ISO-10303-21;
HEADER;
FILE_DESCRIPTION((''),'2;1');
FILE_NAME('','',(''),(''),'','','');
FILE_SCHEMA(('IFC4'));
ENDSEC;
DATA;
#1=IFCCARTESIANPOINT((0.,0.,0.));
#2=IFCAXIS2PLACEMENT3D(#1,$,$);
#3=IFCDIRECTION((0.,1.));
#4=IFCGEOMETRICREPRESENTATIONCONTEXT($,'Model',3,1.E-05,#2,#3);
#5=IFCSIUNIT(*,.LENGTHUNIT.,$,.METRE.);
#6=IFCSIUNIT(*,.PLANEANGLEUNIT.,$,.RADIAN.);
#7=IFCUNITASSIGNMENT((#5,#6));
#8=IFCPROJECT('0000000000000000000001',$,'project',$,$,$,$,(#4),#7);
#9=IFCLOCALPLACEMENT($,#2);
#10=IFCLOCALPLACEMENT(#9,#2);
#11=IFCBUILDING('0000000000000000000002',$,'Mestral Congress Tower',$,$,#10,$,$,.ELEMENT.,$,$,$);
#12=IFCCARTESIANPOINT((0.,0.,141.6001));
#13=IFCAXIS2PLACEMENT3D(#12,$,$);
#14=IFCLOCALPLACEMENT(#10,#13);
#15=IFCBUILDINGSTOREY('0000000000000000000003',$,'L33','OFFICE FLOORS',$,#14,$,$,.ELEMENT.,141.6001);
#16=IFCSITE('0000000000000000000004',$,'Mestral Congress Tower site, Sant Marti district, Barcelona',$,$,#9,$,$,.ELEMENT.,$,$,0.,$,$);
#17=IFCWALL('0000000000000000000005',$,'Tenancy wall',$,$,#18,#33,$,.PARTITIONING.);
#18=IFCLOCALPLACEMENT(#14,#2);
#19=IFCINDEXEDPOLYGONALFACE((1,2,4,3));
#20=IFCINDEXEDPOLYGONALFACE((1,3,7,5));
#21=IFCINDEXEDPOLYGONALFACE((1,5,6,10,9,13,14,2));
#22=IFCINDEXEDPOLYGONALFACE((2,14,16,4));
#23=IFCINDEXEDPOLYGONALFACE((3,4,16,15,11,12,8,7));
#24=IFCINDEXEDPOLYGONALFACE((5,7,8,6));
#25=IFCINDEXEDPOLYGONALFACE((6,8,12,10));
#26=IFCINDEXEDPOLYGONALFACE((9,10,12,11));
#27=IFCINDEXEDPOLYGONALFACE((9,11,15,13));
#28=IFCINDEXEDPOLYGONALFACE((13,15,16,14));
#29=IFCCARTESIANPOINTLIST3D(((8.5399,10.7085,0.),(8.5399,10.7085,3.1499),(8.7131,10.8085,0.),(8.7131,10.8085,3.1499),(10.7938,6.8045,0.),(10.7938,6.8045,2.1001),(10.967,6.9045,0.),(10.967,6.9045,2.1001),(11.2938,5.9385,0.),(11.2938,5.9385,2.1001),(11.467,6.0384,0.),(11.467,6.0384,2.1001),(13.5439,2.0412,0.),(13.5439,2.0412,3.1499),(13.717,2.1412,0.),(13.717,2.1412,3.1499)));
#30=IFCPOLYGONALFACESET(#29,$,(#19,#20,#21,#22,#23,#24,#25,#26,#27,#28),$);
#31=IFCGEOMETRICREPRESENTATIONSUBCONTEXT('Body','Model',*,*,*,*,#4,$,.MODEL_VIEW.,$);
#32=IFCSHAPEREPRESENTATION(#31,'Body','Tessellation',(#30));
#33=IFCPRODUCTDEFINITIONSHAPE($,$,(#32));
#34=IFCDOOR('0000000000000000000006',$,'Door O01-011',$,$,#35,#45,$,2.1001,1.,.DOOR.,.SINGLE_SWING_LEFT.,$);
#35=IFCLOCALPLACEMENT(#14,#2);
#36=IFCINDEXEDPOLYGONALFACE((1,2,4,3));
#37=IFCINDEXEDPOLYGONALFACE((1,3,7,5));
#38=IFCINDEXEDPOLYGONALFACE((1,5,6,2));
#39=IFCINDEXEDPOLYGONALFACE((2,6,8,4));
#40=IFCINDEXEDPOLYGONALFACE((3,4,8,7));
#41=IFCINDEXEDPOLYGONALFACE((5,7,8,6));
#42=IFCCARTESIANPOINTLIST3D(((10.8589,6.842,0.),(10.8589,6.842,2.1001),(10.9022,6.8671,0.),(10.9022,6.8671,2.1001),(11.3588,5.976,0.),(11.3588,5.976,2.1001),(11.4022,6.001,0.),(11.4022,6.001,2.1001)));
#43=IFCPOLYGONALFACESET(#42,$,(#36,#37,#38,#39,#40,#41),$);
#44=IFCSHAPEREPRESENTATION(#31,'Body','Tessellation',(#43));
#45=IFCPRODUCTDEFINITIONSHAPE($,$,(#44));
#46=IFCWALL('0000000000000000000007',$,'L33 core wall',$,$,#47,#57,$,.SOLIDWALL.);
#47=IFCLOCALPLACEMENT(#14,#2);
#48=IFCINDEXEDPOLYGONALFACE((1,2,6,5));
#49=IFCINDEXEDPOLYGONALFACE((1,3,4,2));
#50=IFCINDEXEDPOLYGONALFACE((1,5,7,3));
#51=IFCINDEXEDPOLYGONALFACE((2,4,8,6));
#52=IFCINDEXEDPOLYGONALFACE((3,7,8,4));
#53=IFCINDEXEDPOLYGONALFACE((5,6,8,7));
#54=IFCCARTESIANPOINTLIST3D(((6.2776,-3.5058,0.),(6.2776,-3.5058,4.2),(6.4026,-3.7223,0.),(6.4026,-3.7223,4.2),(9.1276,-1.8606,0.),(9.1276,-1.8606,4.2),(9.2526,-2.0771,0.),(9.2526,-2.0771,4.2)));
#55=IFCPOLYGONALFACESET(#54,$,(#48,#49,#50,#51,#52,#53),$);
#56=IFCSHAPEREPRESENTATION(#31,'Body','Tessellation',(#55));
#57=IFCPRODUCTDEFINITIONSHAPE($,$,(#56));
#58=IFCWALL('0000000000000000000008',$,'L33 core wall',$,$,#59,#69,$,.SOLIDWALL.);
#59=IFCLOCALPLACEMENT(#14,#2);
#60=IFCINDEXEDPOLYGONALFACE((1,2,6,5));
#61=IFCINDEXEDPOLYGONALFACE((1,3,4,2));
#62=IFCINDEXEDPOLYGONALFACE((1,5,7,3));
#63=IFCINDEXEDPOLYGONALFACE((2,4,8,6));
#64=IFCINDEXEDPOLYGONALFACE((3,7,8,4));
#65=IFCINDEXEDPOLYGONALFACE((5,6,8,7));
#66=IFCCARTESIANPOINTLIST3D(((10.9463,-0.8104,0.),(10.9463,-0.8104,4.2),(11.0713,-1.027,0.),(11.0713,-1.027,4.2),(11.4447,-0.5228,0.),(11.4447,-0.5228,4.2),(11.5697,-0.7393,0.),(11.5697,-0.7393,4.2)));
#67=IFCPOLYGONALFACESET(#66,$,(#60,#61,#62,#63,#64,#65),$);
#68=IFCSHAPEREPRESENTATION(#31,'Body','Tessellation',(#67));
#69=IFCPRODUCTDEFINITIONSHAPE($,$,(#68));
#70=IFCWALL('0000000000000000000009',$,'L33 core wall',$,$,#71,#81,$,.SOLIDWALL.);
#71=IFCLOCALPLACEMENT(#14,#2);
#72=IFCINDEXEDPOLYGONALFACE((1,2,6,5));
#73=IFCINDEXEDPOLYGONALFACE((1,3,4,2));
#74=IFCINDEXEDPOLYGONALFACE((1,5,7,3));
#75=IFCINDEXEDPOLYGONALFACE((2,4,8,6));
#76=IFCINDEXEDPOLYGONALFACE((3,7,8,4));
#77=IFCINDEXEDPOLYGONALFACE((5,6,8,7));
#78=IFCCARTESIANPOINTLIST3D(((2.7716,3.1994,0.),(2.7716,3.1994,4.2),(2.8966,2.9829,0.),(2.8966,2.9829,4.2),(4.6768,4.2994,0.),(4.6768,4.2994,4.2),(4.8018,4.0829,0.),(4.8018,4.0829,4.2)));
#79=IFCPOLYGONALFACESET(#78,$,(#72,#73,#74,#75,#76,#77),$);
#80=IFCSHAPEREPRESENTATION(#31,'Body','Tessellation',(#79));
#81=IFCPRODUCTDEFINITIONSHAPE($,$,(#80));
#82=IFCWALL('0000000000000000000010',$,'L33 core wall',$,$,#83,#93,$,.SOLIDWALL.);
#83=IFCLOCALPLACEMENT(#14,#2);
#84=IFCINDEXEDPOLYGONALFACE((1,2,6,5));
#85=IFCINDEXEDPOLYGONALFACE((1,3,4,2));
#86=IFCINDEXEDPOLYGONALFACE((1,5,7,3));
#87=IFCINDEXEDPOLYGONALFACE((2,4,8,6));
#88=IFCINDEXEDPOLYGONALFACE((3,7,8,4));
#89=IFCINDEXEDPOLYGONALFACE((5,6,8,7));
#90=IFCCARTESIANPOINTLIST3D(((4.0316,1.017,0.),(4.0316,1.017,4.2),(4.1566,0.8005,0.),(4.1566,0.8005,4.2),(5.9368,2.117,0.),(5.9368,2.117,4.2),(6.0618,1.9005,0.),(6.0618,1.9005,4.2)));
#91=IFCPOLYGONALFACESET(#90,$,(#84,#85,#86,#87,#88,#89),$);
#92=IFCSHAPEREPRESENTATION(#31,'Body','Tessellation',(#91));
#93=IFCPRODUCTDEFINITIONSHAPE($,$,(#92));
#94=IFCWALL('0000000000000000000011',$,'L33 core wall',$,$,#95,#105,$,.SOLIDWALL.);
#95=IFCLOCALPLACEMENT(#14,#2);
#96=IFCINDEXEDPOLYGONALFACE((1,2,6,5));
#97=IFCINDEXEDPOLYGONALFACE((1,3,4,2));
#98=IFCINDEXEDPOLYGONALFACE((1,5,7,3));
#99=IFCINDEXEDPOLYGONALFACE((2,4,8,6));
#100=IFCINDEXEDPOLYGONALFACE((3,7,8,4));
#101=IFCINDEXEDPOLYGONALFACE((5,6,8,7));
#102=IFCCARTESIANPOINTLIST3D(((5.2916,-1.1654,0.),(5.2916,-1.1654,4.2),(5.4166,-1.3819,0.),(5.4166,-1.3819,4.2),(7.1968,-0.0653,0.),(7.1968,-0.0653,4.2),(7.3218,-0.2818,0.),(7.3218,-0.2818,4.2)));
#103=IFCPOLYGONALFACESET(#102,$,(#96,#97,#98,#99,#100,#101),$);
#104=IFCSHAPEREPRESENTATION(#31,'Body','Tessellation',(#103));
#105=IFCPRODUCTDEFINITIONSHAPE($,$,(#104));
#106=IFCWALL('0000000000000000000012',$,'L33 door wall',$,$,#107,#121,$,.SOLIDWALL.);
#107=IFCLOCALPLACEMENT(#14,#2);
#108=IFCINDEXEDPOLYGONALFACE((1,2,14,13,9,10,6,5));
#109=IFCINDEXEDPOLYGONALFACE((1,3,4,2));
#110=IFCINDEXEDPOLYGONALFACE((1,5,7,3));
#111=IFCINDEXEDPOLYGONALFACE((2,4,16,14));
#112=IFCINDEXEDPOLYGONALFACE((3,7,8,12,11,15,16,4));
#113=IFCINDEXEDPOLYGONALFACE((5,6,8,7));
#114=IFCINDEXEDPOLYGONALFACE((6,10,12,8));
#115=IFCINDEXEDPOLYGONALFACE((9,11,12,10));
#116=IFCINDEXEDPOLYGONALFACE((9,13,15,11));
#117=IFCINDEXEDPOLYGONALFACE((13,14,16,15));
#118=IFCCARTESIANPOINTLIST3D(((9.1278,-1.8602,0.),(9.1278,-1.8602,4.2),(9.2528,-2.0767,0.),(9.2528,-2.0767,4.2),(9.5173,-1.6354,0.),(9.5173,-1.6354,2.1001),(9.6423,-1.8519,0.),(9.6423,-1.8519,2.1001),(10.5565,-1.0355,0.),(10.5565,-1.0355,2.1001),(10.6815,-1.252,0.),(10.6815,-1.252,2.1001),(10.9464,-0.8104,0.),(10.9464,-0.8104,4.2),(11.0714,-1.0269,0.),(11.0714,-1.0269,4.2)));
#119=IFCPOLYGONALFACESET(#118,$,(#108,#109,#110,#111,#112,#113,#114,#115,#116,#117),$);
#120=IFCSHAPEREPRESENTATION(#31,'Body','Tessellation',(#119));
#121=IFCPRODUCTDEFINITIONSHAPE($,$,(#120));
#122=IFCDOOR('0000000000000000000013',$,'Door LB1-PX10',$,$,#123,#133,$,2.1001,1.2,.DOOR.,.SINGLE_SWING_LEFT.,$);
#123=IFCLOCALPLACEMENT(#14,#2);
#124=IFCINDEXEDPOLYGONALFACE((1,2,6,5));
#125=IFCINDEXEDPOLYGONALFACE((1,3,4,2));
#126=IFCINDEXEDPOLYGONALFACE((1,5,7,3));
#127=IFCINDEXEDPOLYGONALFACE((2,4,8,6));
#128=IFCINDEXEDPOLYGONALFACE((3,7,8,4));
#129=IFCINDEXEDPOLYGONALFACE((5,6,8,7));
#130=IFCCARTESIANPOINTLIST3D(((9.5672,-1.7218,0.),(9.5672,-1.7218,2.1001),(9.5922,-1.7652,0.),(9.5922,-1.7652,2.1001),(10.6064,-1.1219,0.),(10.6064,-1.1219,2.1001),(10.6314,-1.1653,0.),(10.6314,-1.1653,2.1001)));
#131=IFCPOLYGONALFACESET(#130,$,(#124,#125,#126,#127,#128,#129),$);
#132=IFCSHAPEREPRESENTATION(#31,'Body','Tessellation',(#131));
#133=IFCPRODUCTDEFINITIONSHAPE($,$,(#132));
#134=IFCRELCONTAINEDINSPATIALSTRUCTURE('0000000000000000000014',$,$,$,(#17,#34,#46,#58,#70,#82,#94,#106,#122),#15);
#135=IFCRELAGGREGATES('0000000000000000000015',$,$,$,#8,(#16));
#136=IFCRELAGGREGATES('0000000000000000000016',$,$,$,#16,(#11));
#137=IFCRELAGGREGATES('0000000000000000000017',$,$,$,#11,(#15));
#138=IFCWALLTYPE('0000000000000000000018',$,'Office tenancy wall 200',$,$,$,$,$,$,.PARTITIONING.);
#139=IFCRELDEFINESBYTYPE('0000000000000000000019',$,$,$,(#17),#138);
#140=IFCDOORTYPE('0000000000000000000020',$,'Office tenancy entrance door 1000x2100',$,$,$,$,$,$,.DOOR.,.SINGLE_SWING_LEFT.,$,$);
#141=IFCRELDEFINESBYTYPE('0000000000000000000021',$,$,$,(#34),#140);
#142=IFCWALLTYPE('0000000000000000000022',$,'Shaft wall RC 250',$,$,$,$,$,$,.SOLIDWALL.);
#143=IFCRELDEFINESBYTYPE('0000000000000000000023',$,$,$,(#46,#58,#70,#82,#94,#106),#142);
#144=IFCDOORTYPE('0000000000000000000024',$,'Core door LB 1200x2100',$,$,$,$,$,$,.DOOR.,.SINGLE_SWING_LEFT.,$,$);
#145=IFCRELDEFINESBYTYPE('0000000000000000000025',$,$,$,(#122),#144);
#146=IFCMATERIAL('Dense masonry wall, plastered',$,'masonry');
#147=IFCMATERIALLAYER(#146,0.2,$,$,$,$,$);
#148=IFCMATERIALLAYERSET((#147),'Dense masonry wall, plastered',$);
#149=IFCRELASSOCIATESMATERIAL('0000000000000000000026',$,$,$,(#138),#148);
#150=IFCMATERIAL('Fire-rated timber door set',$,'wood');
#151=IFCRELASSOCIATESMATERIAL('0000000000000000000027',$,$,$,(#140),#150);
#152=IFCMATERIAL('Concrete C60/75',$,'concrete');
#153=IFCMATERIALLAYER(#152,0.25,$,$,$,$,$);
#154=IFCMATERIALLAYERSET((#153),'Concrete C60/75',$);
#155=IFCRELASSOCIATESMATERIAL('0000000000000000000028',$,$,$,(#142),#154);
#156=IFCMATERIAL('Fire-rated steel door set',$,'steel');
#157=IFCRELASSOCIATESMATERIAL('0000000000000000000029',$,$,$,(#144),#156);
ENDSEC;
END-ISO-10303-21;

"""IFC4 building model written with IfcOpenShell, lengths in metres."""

from ifc_helpers import new_model, si_unit, direction, frame, frame_2d, origin, place, context, subcontext, project, spatial, rectangle, extrude, material, layer, layer_set, type_object, element, fill, save


model = new_model("IFC4")

# Units and contexts
model_context = context("Model", 3, precision=1e-05, world=origin(), true_north=direction((0.0, 1.0)))
body_context = subcontext(model_context, "Body", "Model", "MODEL_VIEW")
ifc_project = project(units=[si_unit("LENGTHUNIT", "METRE"), si_unit("PLANEANGLEUNIT", "RADIAN")], contexts=[model_context])

# Site, building, storey
site_placement = place(None, origin())
site = spatial("IfcSite", under=ifc_project, at=site_placement, Name="Mestral Congress Tower site, Sant Marti district, Barcelona", CompositionType="ELEMENT", RefElevation=0.0)
building_placement = place(site_placement, origin())
building = spatial("IfcBuilding", under=site, at=building_placement, Name="Mestral Congress Tower", CompositionType="ELEMENT")
storey_placement = place(building_placement, frame((0.0, 0.0, 141.6001)))
storey = spatial("IfcBuildingStorey", under=building, at=storey_placement, Name="L33", Description="OFFICE FLOORS", CompositionType="ELEMENT", Elevation=141.6001)

# Shared definitions
ifc_material_1 = material(Name="Concrete C60/75", Category="concrete")

# Shared definitions
ifc_material_2 = material(Name="Fire-rated steel door set", Category="steel")

# Wall, opening, door
ifc_material_3 = material(Name="Dense masonry wall, plastered", Category="masonry")
ifc_layer_1 = layer(ifc_material_3, 0.2)
ifc_layer_set_1 = layer_set([ifc_layer_1], Name="Dense masonry wall, plastered")
wall_type_1 = type_object("IfcWallType", Name="Office tenancy wall 200", PredefinedType="PARTITIONING", material=ifc_layer_set_1)
wall_1_placement = place(storey_placement, frame((13.6304, 2.0913, 0.0), z_axis=(0.0, 0.0, 1.0), x_axis=(-0.499991, 0.866031, 0.0)))
wall_1 = element("IfcWall", 1, at=wall_1_placement, inside=storey, type_object=wall_type_1, Name="Tenancy wall", PredefinedType="PARTITIONING", context=body_context, shape_type="SweptSolid", body=[
    extrude(rectangle(XDim=10.0081, YDim=0.2, at=frame_2d((5.0039, 0.0))), origin(), (0.0, 0.0, 1.0), 3.1499),
])
opening_1_placement = place(wall_1_placement, frame((4.5, 0.0, 0.0)))
opening_1 = element("IfcOpeningElement", 2, at=opening_1_placement, cuts=wall_1, PredefinedType="OPENING", context=body_context, shape_type="SweptSolid", body=[
    extrude(rectangle(XDim=1.0, YDim=2.1001, at=frame_2d((0.5, 1.05))), frame((0.0, 0.1099, 0.0), z_axis=(0.0, -1.0, 0.0), x_axis=(1.0, 0.0, 0.0)), (0.0, 0.0, 1.0), 0.22),
])
ifc_material_4 = material(Name="Fire-rated timber door set", Category="wood")
door_type_1 = type_object("IfcDoorType", Name="Office tenancy entrance door 1000x2100", OperationType="SINGLE_SWING_LEFT", PredefinedType="DOOR", material=ifc_material_4)
door_1_placement = place(opening_1_placement, origin())
door_1 = element("IfcDoor", 3, at=door_1_placement, inside=storey, type_object=door_type_1, Name="Door O01-011", OperationType="SINGLE_SWING_LEFT", OverallHeight=2.1001, OverallWidth=1.0, PredefinedType="DOOR", context=body_context, shape_type="SweptSolid", body=[
    extrude(rectangle(XDim=1.0, YDim=2.1001, at=frame_2d((0.5, 1.05))), frame((0.0, 0.0249, 0.0), z_axis=(0.0, -1.0, 0.0), x_axis=(1.0, 0.0, 0.0)), (0.0, 0.0, 1.0), 0.05),
])
fill(opening_1, door_1)

# Walls
ifc_layer_2 = layer(ifc_material_1, 0.25)
ifc_layer_set_2 = layer_set([ifc_layer_2], Name="Concrete C60/75")
wall_type_2 = type_object("IfcWallType", Name="Shaft wall RC 250", PredefinedType="SOLIDWALL", material=ifc_layer_set_2)
wall_2_placement = place(storey_placement, frame((9.1902, -1.9688, 0.0), z_axis=(0.0, 0.0, 1.0), x_axis=(-0.866057, -0.499945, 0.0)))
element("IfcWall", 4, at=wall_2_placement, inside=storey, type_object=wall_type_2, Name="L33 core wall", PredefinedType="SOLIDWALL", context=body_context, shape_type="SweptSolid", body=[
    extrude(rectangle(XDim=3.2908, YDim=0.25, at=frame_2d((1.6455, 0.0))), origin(), (0.0, 0.0, 1.0), 4.2),
])
wall_3_placement = place(storey_placement, frame((11.5071, -0.6311, 0.0), z_axis=(0.0, 0.0, 1.0), x_axis=(-0.866094, -0.499882, 0.0)))
element("IfcWall", 5, at=wall_3_placement, inside=storey, type_object=wall_type_2, Name="L33 core wall", PredefinedType="SOLIDWALL", context=body_context, shape_type="SweptSolid", body=[
    extrude(rectangle(XDim=0.5754, YDim=0.25, at=frame_2d((0.2876, 0.0))), origin(), (0.0, 0.0, 1.0), 4.2),
])
for number, where, z_axis, x_axis, name in (
    (6, (2.834, 3.0911, 0.0), (0.0, 0.0, 1.0), (0.866008, 0.50003, 0.0), "L33 core wall"),
    (7, (4.094, 0.9087, 0.0), (0.0, 0.0, 1.0), (0.866008, 0.50003, 0.0), "L33 core wall"),
    (8, (5.354, -1.2737, 0.0), (0.0, 0.0, 1.0), (0.866008, 0.50003, 0.0), "L33 core wall"),
):
    element("IfcWall", number, at=place(storey_placement, frame(where, z_axis=z_axis, x_axis=x_axis)), inside=storey, type_object=wall_type_2, Name=name, PredefinedType="SOLIDWALL", context=body_context, shape_type="SweptSolid", body=[
        extrude(rectangle(XDim=2.2, YDim=0.25, at=frame_2d((1.1001, 0.0))), origin(), (0.0, 0.0, 1.0), 4.2),
    ])

# Wall, opening, door
wall_4_placement = place(storey_placement, frame((11.0088, -0.9187, 0.0), z_axis=(0.0, 0.0, 1.0), x_axis=(-0.86606, -0.499941, 0.0)))
wall_4 = element("IfcWall", 9, at=wall_4_placement, inside=storey, type_object=wall_type_2, Name="L33 door wall", PredefinedType="SOLIDWALL", context=body_context, shape_type="SweptSolid", body=[
    extrude(rectangle(XDim=2.0999, YDim=0.25, at=frame_2d((1.0498, 0.0))), origin(), (0.0, 0.0, 1.0), 4.2),
])
opening_2_placement = place(wall_4_placement, frame((0.45, 0.0, 0.0)))
opening_2 = element("IfcOpeningElement", 10, at=opening_2_placement, cuts=wall_4, PredefinedType="OPENING", context=body_context, shape_type="SweptSolid", body=[
    extrude(rectangle(XDim=1.2, YDim=2.1001, at=frame_2d((0.6001, 1.05))), frame((0.0, 0.135, 0.0), z_axis=(0.0, -1.0, 0.0), x_axis=(1.0, 0.0, 0.0)), (0.0, 0.0, 1.0), 0.27),
])
door_type_2 = type_object("IfcDoorType", Name="Core door LB 1200x2100", OperationType="SINGLE_SWING_LEFT", PredefinedType="DOOR", material=ifc_material_2)
door_2_placement = place(opening_2_placement, origin())
door_2 = element("IfcDoor", 11, at=door_2_placement, inside=storey, type_object=door_type_2, Name="Door LB1-PX10", OperationType="SINGLE_SWING_LEFT", OverallHeight=2.1001, OverallWidth=1.2, PredefinedType="DOOR", context=body_context, shape_type="SweptSolid", body=[
    extrude(rectangle(XDim=1.2, YDim=2.1001, at=frame_2d((0.6001, 1.05))), frame((0.0, 0.0249, 0.0), z_axis=(0.0, -1.0, 0.0), x_axis=(1.0, 0.0, 0.0)), (0.0, 0.0, 1.0), 0.05),
])
fill(opening_2, door_2)

save(model, "model.ifc")
